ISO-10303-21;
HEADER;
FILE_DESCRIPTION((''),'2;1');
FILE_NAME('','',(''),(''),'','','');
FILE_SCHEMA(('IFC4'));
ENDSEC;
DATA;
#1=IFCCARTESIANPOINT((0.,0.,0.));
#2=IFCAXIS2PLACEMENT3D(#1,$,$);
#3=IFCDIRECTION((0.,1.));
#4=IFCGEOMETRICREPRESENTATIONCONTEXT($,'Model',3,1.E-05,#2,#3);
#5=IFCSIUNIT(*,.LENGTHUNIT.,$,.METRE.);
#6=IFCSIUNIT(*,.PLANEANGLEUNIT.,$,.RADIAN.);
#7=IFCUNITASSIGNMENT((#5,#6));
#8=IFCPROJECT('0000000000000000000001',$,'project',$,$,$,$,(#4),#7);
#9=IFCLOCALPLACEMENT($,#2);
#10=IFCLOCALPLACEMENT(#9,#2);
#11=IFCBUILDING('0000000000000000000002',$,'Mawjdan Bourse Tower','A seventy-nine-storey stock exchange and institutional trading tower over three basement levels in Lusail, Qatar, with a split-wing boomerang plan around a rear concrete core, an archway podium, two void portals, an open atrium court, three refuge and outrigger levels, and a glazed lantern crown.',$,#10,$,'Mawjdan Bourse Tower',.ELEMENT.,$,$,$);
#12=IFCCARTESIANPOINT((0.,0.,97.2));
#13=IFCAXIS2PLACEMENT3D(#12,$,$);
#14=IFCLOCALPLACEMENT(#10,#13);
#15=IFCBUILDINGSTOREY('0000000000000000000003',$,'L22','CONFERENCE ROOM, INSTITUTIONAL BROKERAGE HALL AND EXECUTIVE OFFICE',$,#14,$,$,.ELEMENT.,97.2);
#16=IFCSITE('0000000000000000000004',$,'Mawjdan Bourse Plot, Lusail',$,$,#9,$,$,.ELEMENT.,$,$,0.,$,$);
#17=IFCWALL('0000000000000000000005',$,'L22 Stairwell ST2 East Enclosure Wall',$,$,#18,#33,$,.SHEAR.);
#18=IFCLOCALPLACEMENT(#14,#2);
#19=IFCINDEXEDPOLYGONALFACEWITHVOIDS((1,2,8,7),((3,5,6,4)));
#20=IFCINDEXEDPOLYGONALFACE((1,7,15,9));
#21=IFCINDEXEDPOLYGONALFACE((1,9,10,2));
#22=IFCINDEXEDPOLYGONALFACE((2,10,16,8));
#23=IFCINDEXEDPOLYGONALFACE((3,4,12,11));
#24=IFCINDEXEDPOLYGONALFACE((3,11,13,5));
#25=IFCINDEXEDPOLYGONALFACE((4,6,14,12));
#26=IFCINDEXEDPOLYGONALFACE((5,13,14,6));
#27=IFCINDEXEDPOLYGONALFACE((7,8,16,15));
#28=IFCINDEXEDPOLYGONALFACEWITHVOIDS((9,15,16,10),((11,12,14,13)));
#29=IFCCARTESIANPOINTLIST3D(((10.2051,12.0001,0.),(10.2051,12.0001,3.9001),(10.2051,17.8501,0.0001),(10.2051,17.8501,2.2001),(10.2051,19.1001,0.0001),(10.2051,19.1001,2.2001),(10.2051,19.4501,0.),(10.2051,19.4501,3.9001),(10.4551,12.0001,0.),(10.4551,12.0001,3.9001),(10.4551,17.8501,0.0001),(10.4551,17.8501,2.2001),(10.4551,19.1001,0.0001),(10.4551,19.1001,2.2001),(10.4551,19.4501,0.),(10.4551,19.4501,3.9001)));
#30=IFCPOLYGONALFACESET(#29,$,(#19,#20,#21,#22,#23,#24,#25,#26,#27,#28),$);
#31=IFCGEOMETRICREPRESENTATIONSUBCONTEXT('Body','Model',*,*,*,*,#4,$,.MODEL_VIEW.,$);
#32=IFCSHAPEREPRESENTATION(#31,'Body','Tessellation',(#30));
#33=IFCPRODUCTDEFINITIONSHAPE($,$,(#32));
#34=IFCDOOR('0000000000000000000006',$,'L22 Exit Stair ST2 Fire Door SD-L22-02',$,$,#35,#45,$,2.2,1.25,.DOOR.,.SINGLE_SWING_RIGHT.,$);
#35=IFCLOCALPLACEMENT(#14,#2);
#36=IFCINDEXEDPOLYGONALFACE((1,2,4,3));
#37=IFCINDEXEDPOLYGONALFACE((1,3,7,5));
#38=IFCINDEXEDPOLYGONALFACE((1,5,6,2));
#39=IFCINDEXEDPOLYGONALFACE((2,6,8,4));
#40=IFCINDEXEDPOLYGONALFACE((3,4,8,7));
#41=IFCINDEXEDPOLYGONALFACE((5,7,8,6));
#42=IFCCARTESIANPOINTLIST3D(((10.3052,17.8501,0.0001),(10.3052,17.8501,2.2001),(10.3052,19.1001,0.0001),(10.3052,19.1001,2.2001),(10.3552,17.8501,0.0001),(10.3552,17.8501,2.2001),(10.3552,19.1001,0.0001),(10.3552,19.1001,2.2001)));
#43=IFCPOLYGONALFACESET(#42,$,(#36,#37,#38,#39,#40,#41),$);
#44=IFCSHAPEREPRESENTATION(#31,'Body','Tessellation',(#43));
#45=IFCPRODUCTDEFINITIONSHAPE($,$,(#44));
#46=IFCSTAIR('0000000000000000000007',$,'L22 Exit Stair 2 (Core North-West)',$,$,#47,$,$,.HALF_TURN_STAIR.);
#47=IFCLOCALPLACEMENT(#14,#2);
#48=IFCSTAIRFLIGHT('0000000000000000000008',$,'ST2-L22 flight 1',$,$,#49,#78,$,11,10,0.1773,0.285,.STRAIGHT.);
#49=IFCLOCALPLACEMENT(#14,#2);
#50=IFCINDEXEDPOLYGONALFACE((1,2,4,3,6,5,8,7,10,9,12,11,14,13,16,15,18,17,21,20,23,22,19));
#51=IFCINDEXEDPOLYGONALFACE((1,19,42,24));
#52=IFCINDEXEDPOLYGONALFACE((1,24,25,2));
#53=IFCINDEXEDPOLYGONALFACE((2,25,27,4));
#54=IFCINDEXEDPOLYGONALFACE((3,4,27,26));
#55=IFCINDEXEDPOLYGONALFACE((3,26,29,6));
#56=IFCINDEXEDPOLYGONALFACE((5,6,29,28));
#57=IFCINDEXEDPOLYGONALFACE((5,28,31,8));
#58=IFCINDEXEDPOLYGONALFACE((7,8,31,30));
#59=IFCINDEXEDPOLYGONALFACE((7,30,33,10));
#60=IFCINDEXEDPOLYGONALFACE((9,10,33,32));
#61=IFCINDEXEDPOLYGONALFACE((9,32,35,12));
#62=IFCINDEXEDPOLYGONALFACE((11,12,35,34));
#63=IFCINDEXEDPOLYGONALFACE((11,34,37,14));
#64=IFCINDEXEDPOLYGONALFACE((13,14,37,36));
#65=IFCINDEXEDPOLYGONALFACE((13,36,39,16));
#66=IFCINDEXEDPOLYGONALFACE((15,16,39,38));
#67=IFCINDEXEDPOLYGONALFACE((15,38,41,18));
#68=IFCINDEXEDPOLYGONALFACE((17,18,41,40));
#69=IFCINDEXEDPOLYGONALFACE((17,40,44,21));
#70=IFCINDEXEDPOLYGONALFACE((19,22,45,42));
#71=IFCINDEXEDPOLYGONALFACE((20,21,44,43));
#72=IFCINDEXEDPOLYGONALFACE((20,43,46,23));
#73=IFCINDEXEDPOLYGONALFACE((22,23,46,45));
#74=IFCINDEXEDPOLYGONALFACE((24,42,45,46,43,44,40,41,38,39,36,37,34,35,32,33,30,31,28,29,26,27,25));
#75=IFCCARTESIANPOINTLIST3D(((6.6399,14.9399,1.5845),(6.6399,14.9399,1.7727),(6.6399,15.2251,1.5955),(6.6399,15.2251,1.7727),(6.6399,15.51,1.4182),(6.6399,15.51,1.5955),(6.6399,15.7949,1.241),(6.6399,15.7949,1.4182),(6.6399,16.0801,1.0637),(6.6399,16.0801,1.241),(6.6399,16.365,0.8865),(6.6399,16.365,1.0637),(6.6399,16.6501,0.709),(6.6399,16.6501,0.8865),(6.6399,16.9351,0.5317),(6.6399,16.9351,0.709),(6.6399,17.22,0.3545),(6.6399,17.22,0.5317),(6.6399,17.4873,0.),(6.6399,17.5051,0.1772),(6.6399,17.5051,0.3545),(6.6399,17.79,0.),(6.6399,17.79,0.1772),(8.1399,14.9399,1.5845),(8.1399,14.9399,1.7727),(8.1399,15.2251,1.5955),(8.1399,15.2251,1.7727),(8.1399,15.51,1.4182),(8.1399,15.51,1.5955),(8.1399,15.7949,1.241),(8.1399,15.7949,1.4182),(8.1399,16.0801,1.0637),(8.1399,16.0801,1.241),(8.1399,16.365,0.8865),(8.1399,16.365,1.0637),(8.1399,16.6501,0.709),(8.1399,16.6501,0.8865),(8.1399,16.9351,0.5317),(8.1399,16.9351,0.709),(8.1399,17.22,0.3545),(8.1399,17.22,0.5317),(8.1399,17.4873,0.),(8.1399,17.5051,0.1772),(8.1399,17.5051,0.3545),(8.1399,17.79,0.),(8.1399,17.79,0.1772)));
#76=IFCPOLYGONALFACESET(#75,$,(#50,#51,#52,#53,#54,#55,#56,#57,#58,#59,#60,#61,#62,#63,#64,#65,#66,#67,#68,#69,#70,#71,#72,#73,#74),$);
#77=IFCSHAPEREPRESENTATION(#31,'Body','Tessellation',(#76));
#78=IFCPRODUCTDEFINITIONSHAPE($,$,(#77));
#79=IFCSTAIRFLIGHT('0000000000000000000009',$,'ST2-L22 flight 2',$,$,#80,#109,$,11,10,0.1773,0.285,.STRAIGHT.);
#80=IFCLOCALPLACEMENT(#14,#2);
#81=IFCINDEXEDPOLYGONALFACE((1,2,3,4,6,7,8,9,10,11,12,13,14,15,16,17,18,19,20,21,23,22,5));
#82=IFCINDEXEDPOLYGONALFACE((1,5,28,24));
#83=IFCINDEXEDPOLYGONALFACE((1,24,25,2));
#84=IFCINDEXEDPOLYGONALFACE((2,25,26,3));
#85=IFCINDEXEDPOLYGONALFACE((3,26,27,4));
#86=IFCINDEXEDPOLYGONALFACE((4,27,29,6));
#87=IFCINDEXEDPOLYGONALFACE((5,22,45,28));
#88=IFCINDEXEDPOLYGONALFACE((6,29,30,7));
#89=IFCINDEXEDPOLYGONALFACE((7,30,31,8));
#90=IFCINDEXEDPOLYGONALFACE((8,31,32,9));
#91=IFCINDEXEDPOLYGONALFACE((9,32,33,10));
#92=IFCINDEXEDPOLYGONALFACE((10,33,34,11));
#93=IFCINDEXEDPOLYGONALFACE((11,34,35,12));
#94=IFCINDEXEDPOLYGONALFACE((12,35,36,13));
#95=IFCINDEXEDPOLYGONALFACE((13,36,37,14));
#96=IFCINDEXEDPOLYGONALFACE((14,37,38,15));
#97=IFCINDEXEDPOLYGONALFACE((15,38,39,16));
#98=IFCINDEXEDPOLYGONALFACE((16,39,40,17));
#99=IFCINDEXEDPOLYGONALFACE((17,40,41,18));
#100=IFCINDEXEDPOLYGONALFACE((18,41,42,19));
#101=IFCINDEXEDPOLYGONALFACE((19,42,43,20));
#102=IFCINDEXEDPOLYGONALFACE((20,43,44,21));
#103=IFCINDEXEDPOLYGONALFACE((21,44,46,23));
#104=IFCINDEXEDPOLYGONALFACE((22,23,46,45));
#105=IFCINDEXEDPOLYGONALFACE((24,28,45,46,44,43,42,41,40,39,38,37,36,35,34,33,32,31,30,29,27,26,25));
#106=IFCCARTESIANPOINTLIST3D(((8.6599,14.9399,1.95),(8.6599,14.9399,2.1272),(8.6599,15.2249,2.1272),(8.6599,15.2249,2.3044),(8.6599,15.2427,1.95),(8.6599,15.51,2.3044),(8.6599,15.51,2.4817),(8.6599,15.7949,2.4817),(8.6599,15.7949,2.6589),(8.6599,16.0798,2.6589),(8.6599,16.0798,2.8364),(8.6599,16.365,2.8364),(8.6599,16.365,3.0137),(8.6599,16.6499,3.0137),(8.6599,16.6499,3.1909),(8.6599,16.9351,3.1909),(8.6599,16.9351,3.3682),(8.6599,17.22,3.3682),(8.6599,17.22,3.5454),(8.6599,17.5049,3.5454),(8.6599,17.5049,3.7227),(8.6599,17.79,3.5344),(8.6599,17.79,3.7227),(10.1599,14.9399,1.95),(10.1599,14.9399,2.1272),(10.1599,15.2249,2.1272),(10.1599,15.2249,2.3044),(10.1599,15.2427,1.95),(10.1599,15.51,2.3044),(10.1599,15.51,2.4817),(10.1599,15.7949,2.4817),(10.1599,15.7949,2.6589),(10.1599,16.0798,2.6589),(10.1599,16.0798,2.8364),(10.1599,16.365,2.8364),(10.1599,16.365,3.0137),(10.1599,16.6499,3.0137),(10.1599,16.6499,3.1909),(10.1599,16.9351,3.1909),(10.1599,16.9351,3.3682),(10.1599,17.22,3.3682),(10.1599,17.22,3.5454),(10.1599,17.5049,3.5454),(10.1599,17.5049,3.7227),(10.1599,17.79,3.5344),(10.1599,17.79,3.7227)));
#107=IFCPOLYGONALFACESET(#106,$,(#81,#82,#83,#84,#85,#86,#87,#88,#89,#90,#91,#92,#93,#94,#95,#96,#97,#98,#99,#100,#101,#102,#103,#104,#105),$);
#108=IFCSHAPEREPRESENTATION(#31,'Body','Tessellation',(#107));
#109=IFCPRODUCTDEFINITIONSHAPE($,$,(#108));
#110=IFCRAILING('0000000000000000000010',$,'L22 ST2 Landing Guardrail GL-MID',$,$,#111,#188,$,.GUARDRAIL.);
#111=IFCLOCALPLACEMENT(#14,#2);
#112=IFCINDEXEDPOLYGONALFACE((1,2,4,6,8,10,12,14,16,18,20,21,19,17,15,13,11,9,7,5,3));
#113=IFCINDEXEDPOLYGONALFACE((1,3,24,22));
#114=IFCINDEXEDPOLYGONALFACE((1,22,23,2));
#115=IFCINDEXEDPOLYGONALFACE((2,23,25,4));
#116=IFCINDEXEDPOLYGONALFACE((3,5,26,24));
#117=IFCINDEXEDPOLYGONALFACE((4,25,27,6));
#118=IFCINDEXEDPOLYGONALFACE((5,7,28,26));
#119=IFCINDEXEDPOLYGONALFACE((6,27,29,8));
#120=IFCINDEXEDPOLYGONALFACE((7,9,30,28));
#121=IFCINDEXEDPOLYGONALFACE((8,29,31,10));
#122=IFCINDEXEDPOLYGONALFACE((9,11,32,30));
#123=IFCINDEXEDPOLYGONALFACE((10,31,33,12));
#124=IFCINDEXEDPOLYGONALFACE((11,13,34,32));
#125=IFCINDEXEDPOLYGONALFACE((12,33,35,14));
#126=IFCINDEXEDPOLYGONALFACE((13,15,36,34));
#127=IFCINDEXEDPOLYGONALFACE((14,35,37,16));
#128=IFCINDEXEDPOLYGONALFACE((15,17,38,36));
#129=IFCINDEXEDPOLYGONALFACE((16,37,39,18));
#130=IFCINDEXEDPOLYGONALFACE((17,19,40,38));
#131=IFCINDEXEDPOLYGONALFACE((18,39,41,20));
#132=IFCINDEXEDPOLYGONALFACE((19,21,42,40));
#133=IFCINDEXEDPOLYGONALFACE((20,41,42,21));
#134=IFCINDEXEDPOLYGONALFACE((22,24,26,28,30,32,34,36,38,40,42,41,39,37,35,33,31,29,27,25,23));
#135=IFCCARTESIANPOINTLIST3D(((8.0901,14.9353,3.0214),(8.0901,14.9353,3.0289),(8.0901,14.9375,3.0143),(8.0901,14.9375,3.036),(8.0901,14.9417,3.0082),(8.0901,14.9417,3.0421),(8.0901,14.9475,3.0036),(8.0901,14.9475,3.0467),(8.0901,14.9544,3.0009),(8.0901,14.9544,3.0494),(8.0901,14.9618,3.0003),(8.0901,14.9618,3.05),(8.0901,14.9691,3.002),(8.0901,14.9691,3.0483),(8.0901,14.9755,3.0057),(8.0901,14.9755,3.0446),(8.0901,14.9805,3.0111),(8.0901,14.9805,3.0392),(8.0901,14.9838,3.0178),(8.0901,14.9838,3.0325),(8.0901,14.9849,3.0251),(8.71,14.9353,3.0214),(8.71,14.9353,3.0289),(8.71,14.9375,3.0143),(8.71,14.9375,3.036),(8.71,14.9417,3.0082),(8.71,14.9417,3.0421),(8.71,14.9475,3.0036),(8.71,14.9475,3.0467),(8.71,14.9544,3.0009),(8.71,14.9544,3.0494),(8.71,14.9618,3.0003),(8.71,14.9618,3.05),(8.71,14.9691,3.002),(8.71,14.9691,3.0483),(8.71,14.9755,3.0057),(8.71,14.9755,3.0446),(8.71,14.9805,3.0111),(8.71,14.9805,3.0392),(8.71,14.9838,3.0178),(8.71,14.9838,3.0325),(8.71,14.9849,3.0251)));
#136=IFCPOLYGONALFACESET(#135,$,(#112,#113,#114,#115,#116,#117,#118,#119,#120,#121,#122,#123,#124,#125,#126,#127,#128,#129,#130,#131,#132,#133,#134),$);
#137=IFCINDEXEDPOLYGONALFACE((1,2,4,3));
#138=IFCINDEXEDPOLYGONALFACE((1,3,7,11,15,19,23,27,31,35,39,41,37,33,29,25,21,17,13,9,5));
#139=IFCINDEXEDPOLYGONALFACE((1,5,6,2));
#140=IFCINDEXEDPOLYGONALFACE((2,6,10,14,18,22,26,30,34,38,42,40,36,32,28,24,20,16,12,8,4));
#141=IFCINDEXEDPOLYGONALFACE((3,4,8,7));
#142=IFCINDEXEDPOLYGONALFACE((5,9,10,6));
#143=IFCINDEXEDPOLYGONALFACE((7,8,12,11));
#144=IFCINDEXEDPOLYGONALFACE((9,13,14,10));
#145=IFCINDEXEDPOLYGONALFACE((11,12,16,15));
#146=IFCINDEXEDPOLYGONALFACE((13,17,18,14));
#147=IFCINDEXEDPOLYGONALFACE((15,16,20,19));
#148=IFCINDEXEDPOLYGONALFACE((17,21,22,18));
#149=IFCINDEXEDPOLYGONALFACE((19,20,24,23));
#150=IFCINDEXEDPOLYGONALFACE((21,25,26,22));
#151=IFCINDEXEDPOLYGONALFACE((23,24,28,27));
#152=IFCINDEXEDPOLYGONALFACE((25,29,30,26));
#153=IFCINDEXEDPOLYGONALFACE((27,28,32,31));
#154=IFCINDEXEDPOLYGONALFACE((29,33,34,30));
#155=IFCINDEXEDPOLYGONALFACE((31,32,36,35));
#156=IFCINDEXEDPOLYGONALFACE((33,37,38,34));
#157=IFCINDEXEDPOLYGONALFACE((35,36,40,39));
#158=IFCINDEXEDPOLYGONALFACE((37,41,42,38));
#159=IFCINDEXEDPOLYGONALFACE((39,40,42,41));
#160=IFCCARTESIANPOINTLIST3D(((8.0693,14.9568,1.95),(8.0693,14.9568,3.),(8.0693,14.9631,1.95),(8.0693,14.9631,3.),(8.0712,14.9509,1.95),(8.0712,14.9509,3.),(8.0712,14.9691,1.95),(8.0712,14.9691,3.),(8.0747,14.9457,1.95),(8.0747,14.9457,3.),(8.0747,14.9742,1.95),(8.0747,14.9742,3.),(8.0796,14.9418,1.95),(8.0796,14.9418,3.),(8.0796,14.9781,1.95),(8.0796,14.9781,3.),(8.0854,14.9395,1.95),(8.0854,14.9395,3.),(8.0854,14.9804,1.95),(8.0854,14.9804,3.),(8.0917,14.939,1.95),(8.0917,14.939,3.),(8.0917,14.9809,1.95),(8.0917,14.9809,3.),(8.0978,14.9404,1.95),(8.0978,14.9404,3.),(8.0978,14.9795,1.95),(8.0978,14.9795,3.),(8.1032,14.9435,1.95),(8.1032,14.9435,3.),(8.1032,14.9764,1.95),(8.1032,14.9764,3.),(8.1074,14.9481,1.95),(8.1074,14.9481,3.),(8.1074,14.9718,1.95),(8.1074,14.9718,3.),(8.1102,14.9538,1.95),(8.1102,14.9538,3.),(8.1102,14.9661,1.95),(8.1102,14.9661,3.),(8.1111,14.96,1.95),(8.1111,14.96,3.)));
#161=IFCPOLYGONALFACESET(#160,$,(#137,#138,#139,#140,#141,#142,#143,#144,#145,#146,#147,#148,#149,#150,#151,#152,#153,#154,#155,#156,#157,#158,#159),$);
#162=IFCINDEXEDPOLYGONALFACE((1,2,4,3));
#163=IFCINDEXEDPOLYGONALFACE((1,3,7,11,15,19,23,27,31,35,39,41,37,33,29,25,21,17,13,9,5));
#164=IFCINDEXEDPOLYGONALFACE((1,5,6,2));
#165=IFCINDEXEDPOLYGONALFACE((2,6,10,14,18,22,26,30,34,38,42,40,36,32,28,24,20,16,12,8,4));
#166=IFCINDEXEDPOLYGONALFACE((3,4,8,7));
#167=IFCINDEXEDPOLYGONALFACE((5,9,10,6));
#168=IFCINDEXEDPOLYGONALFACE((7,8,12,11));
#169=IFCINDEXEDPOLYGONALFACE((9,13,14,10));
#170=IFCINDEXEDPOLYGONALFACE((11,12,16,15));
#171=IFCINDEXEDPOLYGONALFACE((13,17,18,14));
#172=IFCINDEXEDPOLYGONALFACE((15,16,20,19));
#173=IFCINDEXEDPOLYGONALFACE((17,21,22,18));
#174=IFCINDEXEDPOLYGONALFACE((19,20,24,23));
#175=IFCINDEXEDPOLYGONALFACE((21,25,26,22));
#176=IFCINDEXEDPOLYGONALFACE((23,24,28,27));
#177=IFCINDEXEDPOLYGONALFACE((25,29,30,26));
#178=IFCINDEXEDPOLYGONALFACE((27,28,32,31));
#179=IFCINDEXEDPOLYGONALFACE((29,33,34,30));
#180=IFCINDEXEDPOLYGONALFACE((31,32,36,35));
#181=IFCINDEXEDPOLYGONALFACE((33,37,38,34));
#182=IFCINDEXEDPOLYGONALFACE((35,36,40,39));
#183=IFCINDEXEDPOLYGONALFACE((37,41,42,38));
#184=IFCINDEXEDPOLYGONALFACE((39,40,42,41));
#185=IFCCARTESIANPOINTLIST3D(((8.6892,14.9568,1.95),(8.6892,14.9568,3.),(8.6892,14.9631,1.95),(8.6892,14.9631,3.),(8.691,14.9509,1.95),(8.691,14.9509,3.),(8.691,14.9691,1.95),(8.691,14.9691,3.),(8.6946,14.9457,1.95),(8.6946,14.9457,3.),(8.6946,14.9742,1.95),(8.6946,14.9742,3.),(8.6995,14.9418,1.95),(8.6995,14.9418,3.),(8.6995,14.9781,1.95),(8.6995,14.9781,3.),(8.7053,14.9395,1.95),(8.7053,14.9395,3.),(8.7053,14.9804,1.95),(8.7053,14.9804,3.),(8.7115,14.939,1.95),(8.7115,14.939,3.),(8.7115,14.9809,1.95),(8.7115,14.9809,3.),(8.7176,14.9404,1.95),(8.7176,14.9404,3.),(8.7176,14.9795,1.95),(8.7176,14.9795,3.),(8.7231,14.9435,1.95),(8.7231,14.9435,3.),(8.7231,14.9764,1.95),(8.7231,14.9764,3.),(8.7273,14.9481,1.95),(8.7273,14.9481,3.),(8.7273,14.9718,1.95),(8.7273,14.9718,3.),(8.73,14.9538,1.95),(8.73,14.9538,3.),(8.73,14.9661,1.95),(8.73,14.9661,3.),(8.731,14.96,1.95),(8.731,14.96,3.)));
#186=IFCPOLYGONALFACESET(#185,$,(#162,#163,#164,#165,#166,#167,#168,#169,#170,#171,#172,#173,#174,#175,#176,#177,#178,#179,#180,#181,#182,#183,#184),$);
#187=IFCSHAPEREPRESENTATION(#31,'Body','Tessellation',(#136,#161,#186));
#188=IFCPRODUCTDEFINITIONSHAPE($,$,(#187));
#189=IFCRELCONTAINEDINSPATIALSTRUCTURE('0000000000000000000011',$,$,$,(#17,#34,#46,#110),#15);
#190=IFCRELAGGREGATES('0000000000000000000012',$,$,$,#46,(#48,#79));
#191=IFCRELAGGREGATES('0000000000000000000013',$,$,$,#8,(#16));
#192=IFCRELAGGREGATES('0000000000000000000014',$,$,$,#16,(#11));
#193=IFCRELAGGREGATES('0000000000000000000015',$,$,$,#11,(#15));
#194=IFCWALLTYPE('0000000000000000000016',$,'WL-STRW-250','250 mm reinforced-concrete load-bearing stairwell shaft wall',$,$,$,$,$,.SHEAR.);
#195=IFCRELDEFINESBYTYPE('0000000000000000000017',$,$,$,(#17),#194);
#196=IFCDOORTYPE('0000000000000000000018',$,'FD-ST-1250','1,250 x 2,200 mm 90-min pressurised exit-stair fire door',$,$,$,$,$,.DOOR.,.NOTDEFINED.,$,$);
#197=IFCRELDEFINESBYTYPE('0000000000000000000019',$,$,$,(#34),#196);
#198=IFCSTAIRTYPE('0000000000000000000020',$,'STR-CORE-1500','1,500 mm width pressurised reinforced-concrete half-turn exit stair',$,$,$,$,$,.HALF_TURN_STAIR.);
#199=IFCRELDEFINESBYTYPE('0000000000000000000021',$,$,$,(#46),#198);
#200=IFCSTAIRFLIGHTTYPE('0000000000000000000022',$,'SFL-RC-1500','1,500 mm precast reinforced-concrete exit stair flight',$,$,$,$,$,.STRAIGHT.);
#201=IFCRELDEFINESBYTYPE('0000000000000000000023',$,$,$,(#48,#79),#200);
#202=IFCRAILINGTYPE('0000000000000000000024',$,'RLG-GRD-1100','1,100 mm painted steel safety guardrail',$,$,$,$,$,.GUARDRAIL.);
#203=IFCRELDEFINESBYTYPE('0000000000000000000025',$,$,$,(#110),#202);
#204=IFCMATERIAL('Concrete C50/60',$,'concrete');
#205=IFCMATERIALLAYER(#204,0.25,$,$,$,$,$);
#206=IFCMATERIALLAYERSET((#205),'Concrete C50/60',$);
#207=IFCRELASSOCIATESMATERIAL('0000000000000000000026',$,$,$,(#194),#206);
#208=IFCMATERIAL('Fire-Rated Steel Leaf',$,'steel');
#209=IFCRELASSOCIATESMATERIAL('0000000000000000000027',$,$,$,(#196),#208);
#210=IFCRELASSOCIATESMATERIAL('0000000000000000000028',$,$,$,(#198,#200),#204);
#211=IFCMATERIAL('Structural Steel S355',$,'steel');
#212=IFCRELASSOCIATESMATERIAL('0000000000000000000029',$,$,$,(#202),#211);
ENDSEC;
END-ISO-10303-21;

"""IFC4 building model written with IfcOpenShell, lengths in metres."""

from ifc_helpers import new_model, si_unit, direction, frame, frame_2d, origin, origin_2d, place, context, subcontext, project, spatial, polyline, rectangle, circle, outline, extrude, material, layer, layer_set, type_object, element, fill, aggregate, save


model = new_model("IFC4")

# Units and contexts
model_context = context("Model", 3, precision=1e-05, world=origin(), true_north=direction((0.0, 1.0)))
body_context = subcontext(model_context, "Body", "Model", "MODEL_VIEW")
ifc_project = project(units=[si_unit("LENGTHUNIT", "METRE"), si_unit("PLANEANGLEUNIT", "RADIAN")], contexts=[model_context])

# Site, building, storey
site_placement = place(None, origin())
site = spatial("IfcSite", under=ifc_project, at=site_placement, Name="Mawjdan Bourse Plot, Lusail", CompositionType="ELEMENT", RefElevation=0.0)
building_placement = place(site_placement, origin())
building = spatial("IfcBuilding", under=site, at=building_placement, Name="Mawjdan Bourse Tower", Description="A seventy-nine-storey stock exchange and institutional trading tower over three basement levels in Lusail, Qatar, with a split-wing boomerang plan around a rear concrete core, an archway podium, two void portals, an open atrium court, three refuge and outrigger levels, and a glazed lantern crown.", LongName="Mawjdan Bourse Tower", CompositionType="ELEMENT")
storey_placement = place(building_placement, frame((0.0, 0.0, 97.2)))
storey = spatial("IfcBuildingStorey", under=building, at=storey_placement, Name="L22", Description="CONFERENCE ROOM, INSTITUTIONAL BROKERAGE HALL AND EXECUTIVE OFFICE", CompositionType="ELEMENT", Elevation=97.2)

# Shared definitions
ifc_material_1 = material(Name="Structural Steel S355", Category="steel")

# Shared definitions
ifc_material_2 = material(Name="Concrete C50/60", Category="concrete")

# Shared definitions
ifc_layer_1 = layer(ifc_material_2, 0.25)
ifc_layer_set_1 = layer_set([ifc_layer_1], Name="Concrete C50/60")
wall_type_1 = type_object("IfcWallType", Name="WL-STRW-250", Description="250 mm reinforced-concrete load-bearing stairwell shaft wall", PredefinedType="SHEAR", material=ifc_layer_set_1)

# Wall, opening, door
wall_1_placement = place(storey_placement, frame((10.3301, 12.0, 0.0), z_axis=(0.0, 0.0, 1.0), x_axis=(0.0, 1.0, 0.0)))
wall_1 = element("IfcWall", 1, at=wall_1_placement, inside=storey, type_object=wall_type_1, Name="L22 Stairwell ST2 East Enclosure Wall", PredefinedType="SHEAR", context=body_context, shape_type="SweptSolid", body=[
    extrude(rectangle(XDim=7.45, YDim=0.25, at=frame_2d((3.7251, 0.0))), origin(), (0.0, 0.0, 1.0), 3.9001),
])
opening_1_placement = place(wall_1_placement, frame((5.8501, 0.0, 0.0)))
opening_1 = element("IfcOpeningElement", 2, at=opening_1_placement, cuts=wall_1, PredefinedType="OPENING", context=body_context, shape_type="SweptSolid", body=[
    extrude(rectangle(XDim=1.25, YDim=2.2, at=frame_2d((0.625, 1.1001))), frame((0.0, 0.135, 0.0), z_axis=(0.0, -1.0, 0.0), x_axis=(1.0, 0.0, 0.0)), (0.0, 0.0, 1.0), 0.27),
])
ifc_material_3 = material(Name="Fire-Rated Steel Leaf", Category="steel")
door_type_1 = type_object("IfcDoorType", Name="FD-ST-1250", Description="1,250 x 2,200 mm 90-min pressurised exit-stair fire door", OperationType="NOTDEFINED", PredefinedType="DOOR", material=ifc_material_3)
door_1_placement = place(opening_1_placement, origin())
door_1 = element("IfcDoor", 3, at=door_1_placement, inside=storey, type_object=door_type_1, Name="L22 Exit Stair ST2 Fire Door SD-L22-02", OperationType="SINGLE_SWING_RIGHT", OverallHeight=2.2, OverallWidth=1.25, PredefinedType="DOOR", context=body_context, shape_type="SweptSolid", body=[
    extrude(rectangle(XDim=1.25, YDim=2.2, at=frame_2d((0.625, 1.1001))), frame((0.0, 0.0249, 0.0), z_axis=(0.0, -1.0, 0.0), x_axis=(1.0, 0.0, 0.0)), (0.0, 0.0, 1.0), 0.05),
])
fill(opening_1, door_1)

# Stair, stair flights
stair_type = type_object("IfcStairType", Name="STR-CORE-1500", Description="1,500 mm width pressurised reinforced-concrete half-turn exit stair", PredefinedType="HALF_TURN_STAIR", material=ifc_material_2)
stair_placement = place(storey_placement, origin())
stair = element("IfcStair", 4, at=stair_placement, inside=storey, type_object=stair_type, Name="L22 Exit Stair 2 (Core North-West)", PredefinedType="HALF_TURN_STAIR")
stair_flight_type = type_object("IfcStairFlightType", Name="SFL-RC-1500", Description="1,500 mm precast reinforced-concrete exit stair flight", PredefinedType="STRAIGHT", material=ifc_material_2)
stair_flight_1_placement = place(storey_placement, frame((7.3899, 17.79, 0.0), z_axis=(0.0, 0.0, 1.0), x_axis=(0.0, -1.0, 0.0)))
stair_flight_1 = element("IfcStairFlight", 5, at=stair_flight_1_placement, type_object=stair_flight_type, Name="ST2-L22 flight 1", NumberOfRisers=11, NumberOfTreads=10, PredefinedType="STRAIGHT", RiserHeight=0.1773, TreadLength=0.285, context=body_context, shape_type="SweptSolid", body=[
    extrude(outline(polyline([(0.0, 0.0), (0.0, 0.1772), (0.2849, 0.1772), (0.2849, 0.3545), (0.5701, 0.3545), (0.5701, 0.5317), (0.855, 0.5317), (0.855, 0.709), (1.1399, 0.709), (1.1399, 0.8865), (1.425, 0.8865), (1.425, 1.0637), (1.71, 1.0637), (1.71, 1.241), (1.9951, 1.241), (1.9951, 1.4182), (2.28, 1.4182), (2.28, 1.5955), (2.5649, 1.5955), (2.5649, 1.7727), (2.8501, 1.7727), (2.8501, 1.95), (2.8501, 1.5845), (0.3027, 0.0), (0.0, 0.0)])), frame((0.0, 0.75, 0.0), z_axis=(0.0, -1.0, 0.0), x_axis=(1.0, 0.0, 0.0)), (0.0, 0.0, 1.0), 1.5),
])
stair_flight_2_placement = place(storey_placement, frame((9.4099, 14.9399, 1.95), z_axis=(0.0, 0.0, 1.0), x_axis=(0.0, 1.0, 0.0)))
stair_flight_2 = element("IfcStairFlight", 6, at=stair_flight_2_placement, type_object=stair_flight_type, Name="ST2-L22 flight 2", NumberOfRisers=11, NumberOfTreads=10, PredefinedType="STRAIGHT", RiserHeight=0.1773, TreadLength=0.285, context=body_context, shape_type="SweptSolid", body=[
    extrude(outline(polyline([(0.0, 0.0), (0.0, 0.1772), (0.2849, 0.1772), (0.2849, 0.3545), (0.5701, 0.3545), (0.5701, 0.5317), (0.855, 0.5317), (0.855, 0.709), (1.1399, 0.709), (1.1399, 0.8865), (1.425, 0.8865), (1.425, 1.0637), (1.71, 1.0637), (1.71, 1.241), (1.9951, 1.241), (1.9951, 1.4182), (2.28, 1.4182), (2.28, 1.5955), (2.5649, 1.5955), (2.5649, 1.7727), (2.8501, 1.7727), (2.8501, 1.95), (2.8501, 1.5845), (0.3027, 0.0), (0.0, 0.0)])), frame((0.0, 0.75, 0.0), z_axis=(0.0, -1.0, 0.0), x_axis=(1.0, 0.0, 0.0)), (0.0, 0.0, 1.0), 1.5),
])
aggregate(stair, [stair_flight_1, stair_flight_2])

# Railing
railing_type_1 = type_object("IfcRailingType", Name="RLG-GRD-1100", Description="1,100 mm painted steel safety guardrail", PredefinedType="GUARDRAIL", material=ifc_material_1)
for number, where, name in (
    (7, (8.0901, 14.96, 1.95), "L22 ST2 Landing Guardrail GL-MID"),
):
    element("IfcRailing", number, at=place(storey_placement, frame(where)), inside=storey, type_object=railing_type_1, Name=name, PredefinedType="GUARDRAIL", context=body_context, shape_type="SweptSolid", body=[
        extrude(circle(Radius=0.0249, at=origin_2d()), frame((0.0, 0.0, 1.0752), z_axis=(1.0, 0.0, 0.0), x_axis=(0.0, 1.0, 0.0)), (0.0, 0.0, 1.0), 0.6199),
        extrude(circle(Radius=0.021, at=origin_2d()), origin(), (0.0, 0.0, 1.0), 1.05),
        extrude(circle(Radius=0.021, at=origin_2d()), frame((0.6199, 0.0, 0.0)), (0.0, 0.0, 1.0), 1.05),
    ])

save(model, "model.ifc")
